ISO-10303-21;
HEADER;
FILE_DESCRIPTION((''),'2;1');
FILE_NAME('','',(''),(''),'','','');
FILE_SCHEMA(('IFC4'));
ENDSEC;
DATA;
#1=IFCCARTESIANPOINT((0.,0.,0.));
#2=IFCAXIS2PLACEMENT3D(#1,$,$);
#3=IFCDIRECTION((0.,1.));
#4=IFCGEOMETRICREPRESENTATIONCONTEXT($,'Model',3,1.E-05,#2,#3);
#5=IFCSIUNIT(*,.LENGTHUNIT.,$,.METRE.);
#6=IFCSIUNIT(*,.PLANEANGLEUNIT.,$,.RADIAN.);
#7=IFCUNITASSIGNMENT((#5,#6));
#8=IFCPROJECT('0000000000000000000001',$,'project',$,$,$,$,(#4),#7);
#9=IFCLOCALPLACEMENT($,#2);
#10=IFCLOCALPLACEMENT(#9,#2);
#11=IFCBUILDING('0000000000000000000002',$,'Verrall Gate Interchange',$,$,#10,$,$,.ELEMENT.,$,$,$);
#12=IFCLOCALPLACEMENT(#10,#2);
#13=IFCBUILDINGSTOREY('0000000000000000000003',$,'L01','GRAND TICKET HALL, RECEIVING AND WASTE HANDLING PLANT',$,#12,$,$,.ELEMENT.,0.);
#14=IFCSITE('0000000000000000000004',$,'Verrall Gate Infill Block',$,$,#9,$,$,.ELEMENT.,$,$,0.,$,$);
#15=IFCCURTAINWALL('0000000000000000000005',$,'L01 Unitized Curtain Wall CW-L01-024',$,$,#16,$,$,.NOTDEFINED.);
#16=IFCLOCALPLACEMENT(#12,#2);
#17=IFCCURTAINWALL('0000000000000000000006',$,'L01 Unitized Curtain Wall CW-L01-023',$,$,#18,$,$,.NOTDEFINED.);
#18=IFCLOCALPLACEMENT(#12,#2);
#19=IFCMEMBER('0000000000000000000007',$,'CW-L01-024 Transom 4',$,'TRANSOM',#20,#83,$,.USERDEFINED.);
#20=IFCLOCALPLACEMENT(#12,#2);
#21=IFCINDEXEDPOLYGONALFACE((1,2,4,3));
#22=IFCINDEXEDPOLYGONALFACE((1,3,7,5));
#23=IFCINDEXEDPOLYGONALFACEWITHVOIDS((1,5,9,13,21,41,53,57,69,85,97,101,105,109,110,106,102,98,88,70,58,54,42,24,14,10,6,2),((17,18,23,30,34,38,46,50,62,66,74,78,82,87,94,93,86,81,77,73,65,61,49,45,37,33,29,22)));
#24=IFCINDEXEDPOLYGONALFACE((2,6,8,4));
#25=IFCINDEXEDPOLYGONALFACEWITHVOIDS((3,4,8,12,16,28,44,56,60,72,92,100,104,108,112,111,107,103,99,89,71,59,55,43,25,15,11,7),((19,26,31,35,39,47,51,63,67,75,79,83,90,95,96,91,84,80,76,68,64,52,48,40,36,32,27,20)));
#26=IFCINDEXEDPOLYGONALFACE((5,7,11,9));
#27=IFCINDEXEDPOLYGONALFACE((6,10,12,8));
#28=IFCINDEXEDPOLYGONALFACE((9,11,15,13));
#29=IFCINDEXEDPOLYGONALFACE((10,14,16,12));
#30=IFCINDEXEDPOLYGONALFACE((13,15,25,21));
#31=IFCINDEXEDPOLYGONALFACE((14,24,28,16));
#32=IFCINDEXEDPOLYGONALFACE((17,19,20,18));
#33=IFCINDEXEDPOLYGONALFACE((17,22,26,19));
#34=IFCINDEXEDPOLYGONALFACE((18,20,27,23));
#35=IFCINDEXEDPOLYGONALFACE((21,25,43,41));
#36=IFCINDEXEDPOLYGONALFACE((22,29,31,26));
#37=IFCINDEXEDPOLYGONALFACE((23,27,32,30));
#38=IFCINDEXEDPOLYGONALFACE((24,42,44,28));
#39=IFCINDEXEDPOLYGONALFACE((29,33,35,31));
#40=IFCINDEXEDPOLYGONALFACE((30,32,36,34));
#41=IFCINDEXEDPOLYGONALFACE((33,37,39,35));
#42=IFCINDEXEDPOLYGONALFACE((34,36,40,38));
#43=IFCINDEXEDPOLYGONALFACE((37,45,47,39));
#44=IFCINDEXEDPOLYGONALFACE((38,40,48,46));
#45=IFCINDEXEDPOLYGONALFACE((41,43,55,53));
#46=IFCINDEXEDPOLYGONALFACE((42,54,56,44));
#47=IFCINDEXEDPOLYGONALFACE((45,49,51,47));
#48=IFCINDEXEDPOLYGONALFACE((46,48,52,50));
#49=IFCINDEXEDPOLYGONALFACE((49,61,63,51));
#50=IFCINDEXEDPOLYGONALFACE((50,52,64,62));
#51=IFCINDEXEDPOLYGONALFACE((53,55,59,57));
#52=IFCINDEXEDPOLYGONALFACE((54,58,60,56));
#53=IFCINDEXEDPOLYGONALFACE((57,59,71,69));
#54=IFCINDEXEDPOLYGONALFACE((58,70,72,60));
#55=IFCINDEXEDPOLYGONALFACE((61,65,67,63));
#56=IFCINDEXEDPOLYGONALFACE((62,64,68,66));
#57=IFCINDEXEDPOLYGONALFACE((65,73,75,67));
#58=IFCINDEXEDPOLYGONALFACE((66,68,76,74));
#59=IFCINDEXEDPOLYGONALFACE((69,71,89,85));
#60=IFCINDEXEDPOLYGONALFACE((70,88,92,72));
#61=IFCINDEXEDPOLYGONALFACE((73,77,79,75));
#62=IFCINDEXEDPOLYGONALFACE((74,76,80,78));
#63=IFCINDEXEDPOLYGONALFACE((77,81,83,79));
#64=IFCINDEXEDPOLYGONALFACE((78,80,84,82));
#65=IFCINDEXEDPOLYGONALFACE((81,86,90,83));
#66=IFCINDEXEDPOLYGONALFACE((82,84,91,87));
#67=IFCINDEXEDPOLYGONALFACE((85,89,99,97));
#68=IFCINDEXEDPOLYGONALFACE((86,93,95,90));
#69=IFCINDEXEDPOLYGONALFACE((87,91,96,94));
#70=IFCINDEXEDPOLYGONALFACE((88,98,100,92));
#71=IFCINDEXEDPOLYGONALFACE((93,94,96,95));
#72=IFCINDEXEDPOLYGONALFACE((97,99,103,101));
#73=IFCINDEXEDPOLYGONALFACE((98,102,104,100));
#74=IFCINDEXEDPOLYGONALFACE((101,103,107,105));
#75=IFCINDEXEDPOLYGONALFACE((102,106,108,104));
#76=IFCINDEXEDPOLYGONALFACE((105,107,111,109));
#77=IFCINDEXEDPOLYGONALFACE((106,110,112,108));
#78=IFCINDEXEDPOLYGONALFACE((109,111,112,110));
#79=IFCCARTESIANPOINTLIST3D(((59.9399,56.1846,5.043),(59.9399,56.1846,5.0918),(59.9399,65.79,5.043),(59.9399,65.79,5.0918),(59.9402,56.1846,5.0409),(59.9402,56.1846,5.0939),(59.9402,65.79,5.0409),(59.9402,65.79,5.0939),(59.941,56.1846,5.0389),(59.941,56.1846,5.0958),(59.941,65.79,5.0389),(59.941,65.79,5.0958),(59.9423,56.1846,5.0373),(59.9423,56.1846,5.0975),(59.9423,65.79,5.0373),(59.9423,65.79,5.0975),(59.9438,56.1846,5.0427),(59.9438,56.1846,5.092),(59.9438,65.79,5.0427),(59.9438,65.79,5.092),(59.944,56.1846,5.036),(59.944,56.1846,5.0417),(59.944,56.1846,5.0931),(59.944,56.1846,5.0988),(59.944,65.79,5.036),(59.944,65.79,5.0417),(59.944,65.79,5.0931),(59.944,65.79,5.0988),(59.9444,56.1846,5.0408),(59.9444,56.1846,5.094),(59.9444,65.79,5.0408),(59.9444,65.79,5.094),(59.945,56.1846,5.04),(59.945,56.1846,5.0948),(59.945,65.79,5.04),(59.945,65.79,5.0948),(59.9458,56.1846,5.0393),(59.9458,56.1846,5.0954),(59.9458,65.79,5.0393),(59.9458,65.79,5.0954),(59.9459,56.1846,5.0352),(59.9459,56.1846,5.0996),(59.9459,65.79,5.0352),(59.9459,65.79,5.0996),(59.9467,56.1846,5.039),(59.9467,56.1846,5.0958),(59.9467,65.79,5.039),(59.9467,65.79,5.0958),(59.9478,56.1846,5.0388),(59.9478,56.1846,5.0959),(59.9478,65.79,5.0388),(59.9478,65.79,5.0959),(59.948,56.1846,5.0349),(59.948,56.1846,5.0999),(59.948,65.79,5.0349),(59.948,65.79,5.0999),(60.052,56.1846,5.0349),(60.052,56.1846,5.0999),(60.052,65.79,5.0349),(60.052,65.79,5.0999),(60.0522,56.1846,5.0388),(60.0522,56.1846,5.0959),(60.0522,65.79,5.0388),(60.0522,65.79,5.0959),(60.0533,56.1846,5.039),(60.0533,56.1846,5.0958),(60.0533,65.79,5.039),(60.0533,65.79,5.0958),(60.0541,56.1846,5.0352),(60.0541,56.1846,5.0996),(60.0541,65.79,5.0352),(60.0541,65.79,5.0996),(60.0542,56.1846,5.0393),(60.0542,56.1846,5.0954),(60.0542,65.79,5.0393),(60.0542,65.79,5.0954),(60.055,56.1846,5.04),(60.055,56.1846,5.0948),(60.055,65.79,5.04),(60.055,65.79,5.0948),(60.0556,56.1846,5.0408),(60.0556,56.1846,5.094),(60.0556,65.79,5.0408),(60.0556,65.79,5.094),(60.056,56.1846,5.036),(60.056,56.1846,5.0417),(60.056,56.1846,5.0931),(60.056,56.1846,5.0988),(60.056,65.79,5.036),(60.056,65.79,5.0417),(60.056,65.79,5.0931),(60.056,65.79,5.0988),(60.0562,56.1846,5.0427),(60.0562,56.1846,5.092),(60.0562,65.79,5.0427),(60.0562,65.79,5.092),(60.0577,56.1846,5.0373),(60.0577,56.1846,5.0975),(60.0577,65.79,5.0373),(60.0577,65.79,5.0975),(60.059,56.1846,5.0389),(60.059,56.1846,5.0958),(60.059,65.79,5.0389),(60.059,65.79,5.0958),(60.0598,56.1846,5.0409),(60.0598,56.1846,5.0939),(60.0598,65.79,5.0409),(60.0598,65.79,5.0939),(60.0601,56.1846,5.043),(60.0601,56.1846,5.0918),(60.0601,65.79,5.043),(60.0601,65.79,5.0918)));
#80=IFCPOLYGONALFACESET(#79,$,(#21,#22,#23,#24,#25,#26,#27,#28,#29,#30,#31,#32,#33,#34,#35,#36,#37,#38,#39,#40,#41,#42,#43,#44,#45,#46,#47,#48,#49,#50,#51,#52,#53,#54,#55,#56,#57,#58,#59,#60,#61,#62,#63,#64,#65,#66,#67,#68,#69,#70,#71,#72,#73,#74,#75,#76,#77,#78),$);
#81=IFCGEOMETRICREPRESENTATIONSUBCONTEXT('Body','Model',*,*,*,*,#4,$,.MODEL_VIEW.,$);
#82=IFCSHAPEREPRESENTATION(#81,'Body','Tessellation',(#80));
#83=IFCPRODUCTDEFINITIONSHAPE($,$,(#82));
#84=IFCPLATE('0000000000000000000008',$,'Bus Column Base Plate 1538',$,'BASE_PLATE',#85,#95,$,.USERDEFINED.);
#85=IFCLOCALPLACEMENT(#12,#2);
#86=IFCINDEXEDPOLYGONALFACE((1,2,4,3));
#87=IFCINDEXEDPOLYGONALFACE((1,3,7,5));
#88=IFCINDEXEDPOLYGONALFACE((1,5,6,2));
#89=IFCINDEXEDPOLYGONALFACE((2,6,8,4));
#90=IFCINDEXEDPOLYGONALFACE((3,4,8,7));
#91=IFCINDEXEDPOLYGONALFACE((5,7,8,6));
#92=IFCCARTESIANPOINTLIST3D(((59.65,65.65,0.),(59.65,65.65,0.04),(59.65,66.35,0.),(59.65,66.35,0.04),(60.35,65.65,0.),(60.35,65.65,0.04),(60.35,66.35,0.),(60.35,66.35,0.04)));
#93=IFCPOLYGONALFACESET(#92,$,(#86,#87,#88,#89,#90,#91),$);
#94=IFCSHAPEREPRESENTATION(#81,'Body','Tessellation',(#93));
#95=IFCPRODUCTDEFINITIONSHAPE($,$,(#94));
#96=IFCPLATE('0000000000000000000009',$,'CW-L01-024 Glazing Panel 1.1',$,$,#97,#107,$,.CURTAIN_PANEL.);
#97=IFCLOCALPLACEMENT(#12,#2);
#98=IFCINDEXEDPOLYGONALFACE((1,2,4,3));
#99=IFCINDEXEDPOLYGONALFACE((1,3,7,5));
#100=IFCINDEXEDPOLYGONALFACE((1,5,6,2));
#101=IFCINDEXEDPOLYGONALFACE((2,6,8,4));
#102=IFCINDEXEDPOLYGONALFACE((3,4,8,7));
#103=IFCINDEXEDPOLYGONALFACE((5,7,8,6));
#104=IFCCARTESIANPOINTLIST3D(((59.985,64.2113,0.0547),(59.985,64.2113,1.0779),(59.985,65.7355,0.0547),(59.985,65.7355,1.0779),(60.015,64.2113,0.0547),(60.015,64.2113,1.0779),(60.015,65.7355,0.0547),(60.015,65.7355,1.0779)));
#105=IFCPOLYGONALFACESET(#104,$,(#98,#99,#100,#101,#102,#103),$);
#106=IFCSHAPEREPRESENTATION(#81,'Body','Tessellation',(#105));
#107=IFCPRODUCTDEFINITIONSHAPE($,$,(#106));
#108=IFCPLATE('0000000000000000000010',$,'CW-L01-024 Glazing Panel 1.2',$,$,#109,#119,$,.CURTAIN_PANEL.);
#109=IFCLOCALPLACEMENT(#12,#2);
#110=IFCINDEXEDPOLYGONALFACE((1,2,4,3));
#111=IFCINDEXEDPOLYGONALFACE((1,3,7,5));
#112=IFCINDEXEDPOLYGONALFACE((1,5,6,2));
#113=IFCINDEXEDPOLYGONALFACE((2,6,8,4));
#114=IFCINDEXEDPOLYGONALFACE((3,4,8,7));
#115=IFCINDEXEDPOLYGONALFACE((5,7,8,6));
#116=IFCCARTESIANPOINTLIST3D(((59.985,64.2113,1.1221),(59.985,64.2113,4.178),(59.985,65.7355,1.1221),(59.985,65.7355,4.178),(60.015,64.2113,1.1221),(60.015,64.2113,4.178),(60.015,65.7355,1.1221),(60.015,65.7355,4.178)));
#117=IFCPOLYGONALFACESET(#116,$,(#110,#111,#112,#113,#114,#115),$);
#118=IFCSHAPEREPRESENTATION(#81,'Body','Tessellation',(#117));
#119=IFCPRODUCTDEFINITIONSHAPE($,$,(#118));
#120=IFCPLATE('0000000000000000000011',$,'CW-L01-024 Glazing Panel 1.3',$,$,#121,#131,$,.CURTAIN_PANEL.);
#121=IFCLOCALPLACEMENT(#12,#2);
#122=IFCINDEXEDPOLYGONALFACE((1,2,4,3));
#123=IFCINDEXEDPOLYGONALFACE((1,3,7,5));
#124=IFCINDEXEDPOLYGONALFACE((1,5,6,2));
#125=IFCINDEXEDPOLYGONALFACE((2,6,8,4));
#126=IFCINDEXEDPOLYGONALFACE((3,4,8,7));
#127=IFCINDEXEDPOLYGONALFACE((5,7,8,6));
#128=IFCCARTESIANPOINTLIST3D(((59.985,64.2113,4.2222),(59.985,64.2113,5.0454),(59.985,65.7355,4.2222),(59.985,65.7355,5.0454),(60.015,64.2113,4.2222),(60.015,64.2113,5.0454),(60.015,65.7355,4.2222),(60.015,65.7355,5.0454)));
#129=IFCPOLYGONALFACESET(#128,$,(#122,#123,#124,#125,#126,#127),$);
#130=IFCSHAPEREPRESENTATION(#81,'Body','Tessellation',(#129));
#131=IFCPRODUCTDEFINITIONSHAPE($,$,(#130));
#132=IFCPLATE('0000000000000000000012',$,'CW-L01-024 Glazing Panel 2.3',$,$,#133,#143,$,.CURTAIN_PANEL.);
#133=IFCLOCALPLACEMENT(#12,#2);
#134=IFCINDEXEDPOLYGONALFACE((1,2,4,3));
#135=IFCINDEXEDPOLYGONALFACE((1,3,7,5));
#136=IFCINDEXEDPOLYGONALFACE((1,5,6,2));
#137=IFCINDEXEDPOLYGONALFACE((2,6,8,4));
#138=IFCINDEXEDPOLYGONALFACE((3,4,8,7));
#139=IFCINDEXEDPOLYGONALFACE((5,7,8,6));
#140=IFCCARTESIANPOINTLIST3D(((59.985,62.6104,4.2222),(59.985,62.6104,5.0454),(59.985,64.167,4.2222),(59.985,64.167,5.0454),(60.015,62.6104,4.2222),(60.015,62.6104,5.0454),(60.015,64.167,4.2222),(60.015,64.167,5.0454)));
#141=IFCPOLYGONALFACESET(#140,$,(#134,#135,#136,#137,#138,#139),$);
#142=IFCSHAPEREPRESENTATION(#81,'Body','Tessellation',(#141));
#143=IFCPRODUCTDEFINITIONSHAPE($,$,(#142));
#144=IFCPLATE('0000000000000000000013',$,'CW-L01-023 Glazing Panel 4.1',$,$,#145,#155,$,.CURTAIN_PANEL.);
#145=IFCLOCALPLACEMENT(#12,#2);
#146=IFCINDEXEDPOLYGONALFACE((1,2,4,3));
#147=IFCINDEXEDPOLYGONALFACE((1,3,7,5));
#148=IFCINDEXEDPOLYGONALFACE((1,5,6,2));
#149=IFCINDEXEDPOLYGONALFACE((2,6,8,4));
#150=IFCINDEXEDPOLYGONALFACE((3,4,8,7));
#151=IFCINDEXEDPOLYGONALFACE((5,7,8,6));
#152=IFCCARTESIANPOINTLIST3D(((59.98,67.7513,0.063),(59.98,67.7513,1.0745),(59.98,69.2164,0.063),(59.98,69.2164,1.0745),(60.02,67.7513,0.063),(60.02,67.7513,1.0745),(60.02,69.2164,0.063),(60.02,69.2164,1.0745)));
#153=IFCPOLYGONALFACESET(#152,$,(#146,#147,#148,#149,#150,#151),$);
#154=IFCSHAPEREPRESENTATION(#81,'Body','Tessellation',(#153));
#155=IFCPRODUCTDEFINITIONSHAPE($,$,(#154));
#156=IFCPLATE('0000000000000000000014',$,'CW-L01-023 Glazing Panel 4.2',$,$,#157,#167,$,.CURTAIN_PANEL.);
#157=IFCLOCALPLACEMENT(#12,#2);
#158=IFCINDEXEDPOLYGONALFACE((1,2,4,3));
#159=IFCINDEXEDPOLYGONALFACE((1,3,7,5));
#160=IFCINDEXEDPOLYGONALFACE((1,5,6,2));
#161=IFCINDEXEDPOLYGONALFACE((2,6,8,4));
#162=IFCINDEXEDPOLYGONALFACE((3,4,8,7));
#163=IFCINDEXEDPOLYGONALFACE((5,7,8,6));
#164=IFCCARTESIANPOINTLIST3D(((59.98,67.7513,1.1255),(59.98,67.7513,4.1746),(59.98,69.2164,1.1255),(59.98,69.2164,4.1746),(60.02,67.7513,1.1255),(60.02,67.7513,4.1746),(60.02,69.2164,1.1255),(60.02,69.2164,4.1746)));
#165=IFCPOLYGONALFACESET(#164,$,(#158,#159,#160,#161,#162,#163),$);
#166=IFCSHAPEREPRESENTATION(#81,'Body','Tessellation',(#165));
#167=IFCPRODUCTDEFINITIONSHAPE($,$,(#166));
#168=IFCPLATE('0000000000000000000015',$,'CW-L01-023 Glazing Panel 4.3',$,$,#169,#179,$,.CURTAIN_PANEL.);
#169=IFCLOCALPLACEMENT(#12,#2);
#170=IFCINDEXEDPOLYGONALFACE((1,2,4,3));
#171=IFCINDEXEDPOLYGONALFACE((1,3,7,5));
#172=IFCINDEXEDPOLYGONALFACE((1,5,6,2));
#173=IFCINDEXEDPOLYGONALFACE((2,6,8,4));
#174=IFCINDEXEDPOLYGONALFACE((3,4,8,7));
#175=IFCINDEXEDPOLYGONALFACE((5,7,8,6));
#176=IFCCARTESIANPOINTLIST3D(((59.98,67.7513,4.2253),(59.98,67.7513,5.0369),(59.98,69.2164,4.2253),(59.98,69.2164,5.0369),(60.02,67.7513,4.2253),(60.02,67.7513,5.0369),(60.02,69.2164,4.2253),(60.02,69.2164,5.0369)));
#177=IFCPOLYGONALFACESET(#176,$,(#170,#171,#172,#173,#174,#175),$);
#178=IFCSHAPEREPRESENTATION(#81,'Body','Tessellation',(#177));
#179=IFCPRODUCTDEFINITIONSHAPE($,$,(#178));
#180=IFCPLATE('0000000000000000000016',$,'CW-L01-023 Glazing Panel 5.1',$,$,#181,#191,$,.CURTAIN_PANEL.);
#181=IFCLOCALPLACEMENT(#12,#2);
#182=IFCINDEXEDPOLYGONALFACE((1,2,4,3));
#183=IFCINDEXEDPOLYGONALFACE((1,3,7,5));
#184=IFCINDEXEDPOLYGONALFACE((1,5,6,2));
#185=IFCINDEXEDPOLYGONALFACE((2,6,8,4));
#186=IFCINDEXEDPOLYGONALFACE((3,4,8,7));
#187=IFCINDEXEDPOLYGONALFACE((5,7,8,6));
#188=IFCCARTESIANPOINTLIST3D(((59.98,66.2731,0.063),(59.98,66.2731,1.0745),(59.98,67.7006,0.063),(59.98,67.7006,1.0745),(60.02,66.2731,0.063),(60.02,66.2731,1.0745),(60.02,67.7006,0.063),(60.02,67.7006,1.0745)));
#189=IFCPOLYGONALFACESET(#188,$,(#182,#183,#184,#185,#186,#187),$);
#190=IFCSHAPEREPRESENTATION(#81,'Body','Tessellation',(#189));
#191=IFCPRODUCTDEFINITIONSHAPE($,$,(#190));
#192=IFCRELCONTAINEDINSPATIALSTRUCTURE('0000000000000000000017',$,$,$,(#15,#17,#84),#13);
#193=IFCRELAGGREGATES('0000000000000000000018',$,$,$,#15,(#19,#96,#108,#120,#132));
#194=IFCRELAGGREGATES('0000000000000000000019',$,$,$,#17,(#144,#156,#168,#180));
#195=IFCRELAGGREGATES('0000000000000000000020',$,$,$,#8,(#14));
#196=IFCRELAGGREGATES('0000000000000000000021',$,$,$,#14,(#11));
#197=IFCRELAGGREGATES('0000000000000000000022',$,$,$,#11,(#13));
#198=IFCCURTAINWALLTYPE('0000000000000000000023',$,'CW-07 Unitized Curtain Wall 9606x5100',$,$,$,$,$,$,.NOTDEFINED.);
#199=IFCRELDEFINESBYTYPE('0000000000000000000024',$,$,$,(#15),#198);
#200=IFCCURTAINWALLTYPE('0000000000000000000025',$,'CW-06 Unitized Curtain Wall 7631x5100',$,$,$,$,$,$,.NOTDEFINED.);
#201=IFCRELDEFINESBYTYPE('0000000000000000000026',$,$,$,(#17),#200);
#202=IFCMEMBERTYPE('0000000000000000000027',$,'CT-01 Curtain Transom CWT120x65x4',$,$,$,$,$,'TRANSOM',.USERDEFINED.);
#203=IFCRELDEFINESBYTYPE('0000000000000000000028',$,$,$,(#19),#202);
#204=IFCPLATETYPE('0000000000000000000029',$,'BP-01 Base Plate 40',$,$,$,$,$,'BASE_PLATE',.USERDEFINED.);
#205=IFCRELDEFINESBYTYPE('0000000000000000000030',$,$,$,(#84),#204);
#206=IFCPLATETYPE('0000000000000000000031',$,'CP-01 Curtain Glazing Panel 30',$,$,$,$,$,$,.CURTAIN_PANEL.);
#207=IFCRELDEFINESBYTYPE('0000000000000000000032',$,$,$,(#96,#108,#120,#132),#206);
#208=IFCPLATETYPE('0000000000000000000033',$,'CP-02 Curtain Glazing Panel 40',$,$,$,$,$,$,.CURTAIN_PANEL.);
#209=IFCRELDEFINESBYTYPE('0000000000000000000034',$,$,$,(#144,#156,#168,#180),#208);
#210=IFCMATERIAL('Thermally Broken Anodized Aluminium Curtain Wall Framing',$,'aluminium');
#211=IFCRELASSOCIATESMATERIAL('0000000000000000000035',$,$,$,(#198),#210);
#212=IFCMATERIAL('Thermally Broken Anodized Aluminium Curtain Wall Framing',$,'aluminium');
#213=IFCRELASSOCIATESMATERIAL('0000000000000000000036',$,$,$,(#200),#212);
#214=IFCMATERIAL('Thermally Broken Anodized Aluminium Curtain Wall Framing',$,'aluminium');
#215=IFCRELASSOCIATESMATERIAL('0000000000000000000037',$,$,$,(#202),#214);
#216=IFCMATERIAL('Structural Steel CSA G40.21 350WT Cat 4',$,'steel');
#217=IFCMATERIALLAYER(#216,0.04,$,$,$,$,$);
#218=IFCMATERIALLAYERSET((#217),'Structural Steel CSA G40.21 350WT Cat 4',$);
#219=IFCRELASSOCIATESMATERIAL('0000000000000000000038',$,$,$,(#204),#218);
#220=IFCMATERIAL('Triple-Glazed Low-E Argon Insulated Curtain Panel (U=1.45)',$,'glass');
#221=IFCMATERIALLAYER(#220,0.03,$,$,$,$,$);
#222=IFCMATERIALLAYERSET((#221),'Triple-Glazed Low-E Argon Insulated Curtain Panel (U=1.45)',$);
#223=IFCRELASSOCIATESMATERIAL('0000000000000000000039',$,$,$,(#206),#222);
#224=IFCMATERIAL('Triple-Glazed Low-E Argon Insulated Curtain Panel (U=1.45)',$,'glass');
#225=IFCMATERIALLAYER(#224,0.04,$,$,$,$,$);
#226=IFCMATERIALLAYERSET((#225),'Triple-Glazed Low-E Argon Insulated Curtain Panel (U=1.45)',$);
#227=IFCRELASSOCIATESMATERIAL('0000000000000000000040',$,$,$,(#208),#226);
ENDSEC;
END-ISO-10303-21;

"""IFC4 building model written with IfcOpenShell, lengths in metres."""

from ifc_helpers import new_model, si_unit, direction, frame, origin, origin_2d, place, context, subcontext, project, spatial, rectangle, hollow_rectangle, extrude, material, layer, layer_set, material_profile, profile_set, type_object, element, aggregate, save


model = new_model("IFC4")

# Units and contexts
model_context = context("Model", 3, precision=1e-05, world=origin(), true_north=direction((0.0, 1.0)))
body_context = subcontext(model_context, "Body", "Model", "MODEL_VIEW")
ifc_project = project(units=[si_unit("LENGTHUNIT", "METRE"), si_unit("PLANEANGLEUNIT", "RADIAN")], contexts=[model_context])

# Site, building, storey
site_placement = place(None, origin())
site = spatial("IfcSite", under=ifc_project, at=site_placement, Name="Verrall Gate Infill Block", CompositionType="ELEMENT", RefElevation=0.0)
building_placement = place(site_placement, origin())
building = spatial("IfcBuilding", under=site, at=building_placement, Name="Verrall Gate Interchange", CompositionType="ELEMENT")
storey_placement = place(building_placement, origin())
storey = spatial("IfcBuildingStorey", under=building, at=storey_placement, Name="L01", Description="GRAND TICKET HALL, RECEIVING AND WASTE HANDLING PLANT", CompositionType="ELEMENT", Elevation=0.0)

# Curtain walls
ifc_material_1 = material(Name="Thermally Broken Anodized Aluminium Curtain Wall Framing", Category="aluminium")
curtain_wall_type_1 = type_object("IfcCurtainWallType", Name="CW-07 Unitized Curtain Wall 9606x5100", PredefinedType="NOTDEFINED", material=ifc_material_1)
curtain_wall_1_placement = place(storey_placement, origin())
curtain_wall_1 = element("IfcCurtainWall", 1, at=curtain_wall_1_placement, inside=storey, type_object=curtain_wall_type_1, Name="L01 Unitized Curtain Wall CW-L01-024", PredefinedType="NOTDEFINED")
ifc_material_2 = material(Name="Thermally Broken Anodized Aluminium Curtain Wall Framing", Category="aluminium")
curtain_wall_type_2 = type_object("IfcCurtainWallType", Name="CW-06 Unitized Curtain Wall 7631x5100", PredefinedType="NOTDEFINED", material=ifc_material_2)
curtain_wall_2_placement = place(storey_placement, origin())
curtain_wall_2 = element("IfcCurtainWall", 2, at=curtain_wall_2_placement, inside=storey, type_object=curtain_wall_type_2, Name="L01 Unitized Curtain Wall CW-L01-023", PredefinedType="NOTDEFINED")

# Member
ifc_material_3 = material(Name="Thermally Broken Anodized Aluminium Curtain Wall Framing", Category="aluminium")
ifc_material_profile_1 = material_profile(ifc_material_3, hollow_rectangle(XDim=0.1201, YDim=0.0649, WallThickness=0.0039, InnerFilletRadius=0.0039, OuterFilletRadius=0.0081, at=origin_2d()), Name="CWT120x65x4")
ifc_profile_set_1 = profile_set([ifc_material_profile_1], Name="Thermally Broken Anodized Aluminium Curtain Wall Framing")
member_type_1 = type_object("IfcMemberType", Name="CT-01 Curtain Transom CWT120x65x4", ElementType="TRANSOM", PredefinedType="USERDEFINED", material=ifc_profile_set_1)
member_1_placement = place(storey_placement, frame((60.0, 65.79, 5.0674), z_axis=(0.0, -1.0, 0.0), x_axis=(1.0, 0.0, 0.0)))
member_1 = element("IfcMember", 3, at=member_1_placement, type_object=member_type_1, Name="CW-L01-024 Transom 4", ObjectType="TRANSOM", PredefinedType="USERDEFINED", context=body_context, shape_type="SweptSolid", body=[
    extrude(hollow_rectangle(XDim=0.1201, YDim=0.0649, WallThickness=0.0039, InnerFilletRadius=0.0039, OuterFilletRadius=0.0081, at=origin_2d()), origin(), (0.0, 0.0, 1.0), 9.6055),
])

# Plates
ifc_material_4 = material(Name="Structural Steel CSA G40.21 350WT Cat 4", Category="steel")
ifc_layer_1 = layer(ifc_material_4, 0.04)
ifc_layer_set_1 = layer_set([ifc_layer_1], Name="Structural Steel CSA G40.21 350WT Cat 4")
plate_type_1 = type_object("IfcPlateType", Name="BP-01 Base Plate 40", ElementType="BASE_PLATE", PredefinedType="USERDEFINED", material=ifc_layer_set_1)
plate_1_placement = place(storey_placement, frame((60.0, 66.0, 0.0), z_axis=(0.0, 0.0, 1.0), x_axis=(1.0, 0.0, 0.0)))
element("IfcPlate", 4, at=plate_1_placement, inside=storey, type_object=plate_type_1, Name="Bus Column Base Plate 1538", ObjectType="BASE_PLATE", PredefinedType="USERDEFINED", context=body_context, shape_type="SweptSolid", body=[
    extrude(rectangle(XDim=0.7, YDim=0.7, at=origin_2d()), origin(), (0.0, 0.0, 1.0), 0.04),
])
ifc_material_5 = material(Name="Triple-Glazed Low-E Argon Insulated Curtain Panel (U=1.45)", Category="glass")
ifc_layer_2 = layer(ifc_material_5, 0.03)
ifc_layer_set_2 = layer_set([ifc_layer_2], Name="Triple-Glazed Low-E Argon Insulated Curtain Panel (U=1.45)")
plate_type_2 = type_object("IfcPlateType", Name="CP-01 Curtain Glazing Panel 30", PredefinedType="CURTAIN_PANEL", material=ifc_layer_set_2)
plate_2_placement = place(storey_placement, frame((60.0, 64.9734, 0.0547), z_axis=(0.0, 0.0, 1.0), x_axis=(0.0, -1.0, 0.0)))
plate_2 = element("IfcPlate", 5, at=plate_2_placement, type_object=plate_type_2, Name="CW-L01-024 Glazing Panel 1.1", PredefinedType="CURTAIN_PANEL", context=body_context, shape_type="SweptSolid", body=[
    extrude(rectangle(XDim=1.5242, YDim=0.03, at=origin_2d()), origin(), (0.0, 0.0, 1.0), 1.0232),
])
plate_3_placement = place(storey_placement, frame((60.0, 64.9734, 1.1221), z_axis=(0.0, 0.0, 1.0), x_axis=(0.0, -1.0, 0.0)))
plate_3 = element("IfcPlate", 6, at=plate_3_placement, type_object=plate_type_2, Name="CW-L01-024 Glazing Panel 1.2", PredefinedType="CURTAIN_PANEL", context=body_context, shape_type="SweptSolid", body=[
    extrude(rectangle(XDim=1.5242, YDim=0.03, at=origin_2d()), origin(), (0.0, 0.0, 1.0), 3.0559),
])
plate_4_placement = place(storey_placement, frame((60.0, 64.9734, 4.2222), z_axis=(0.0, 0.0, 1.0), x_axis=(0.0, -1.0, 0.0)))
plate_4 = element("IfcPlate", 7, at=plate_4_placement, type_object=plate_type_2, Name="CW-L01-024 Glazing Panel 1.3", PredefinedType="CURTAIN_PANEL", context=body_context, shape_type="SweptSolid", body=[
    extrude(rectangle(XDim=1.5242, YDim=0.03, at=origin_2d()), origin(), (0.0, 0.0, 1.0), 0.8232),
])
plate_5_placement = place(storey_placement, frame((60.0, 63.3887, 4.2222), z_axis=(0.0, 0.0, 1.0), x_axis=(0.0, -1.0, 0.0)))
plate_5 = element("IfcPlate", 8, at=plate_5_placement, type_object=plate_type_2, Name="CW-L01-024 Glazing Panel 2.3", PredefinedType="CURTAIN_PANEL", context=body_context, shape_type="SweptSolid", body=[
    extrude(rectangle(XDim=1.5566, YDim=0.03, at=origin_2d()), origin(), (0.0, 0.0, 1.0), 0.8232),
])
aggregate(curtain_wall_1, [member_1, plate_2, plate_3, plate_4, plate_5])
ifc_material_6 = material(Name="Triple-Glazed Low-E Argon Insulated Curtain Panel (U=1.45)", Category="glass")
ifc_layer_3 = layer(ifc_material_6, 0.04)
ifc_layer_set_3 = layer_set([ifc_layer_3], Name="Triple-Glazed Low-E Argon Insulated Curtain Panel (U=1.45)")
plate_type_3 = type_object("IfcPlateType", Name="CP-02 Curtain Glazing Panel 40", PredefinedType="CURTAIN_PANEL", material=ifc_layer_set_3)
plate_6_placement = place(storey_placement, frame((60.0, 68.4839, 0.063), z_axis=(0.0, 0.0, 1.0), x_axis=(0.0, -1.0, 0.0)))
plate_6 = element("IfcPlate", 9, at=plate_6_placement, type_object=plate_type_3, Name="CW-L01-023 Glazing Panel 4.1", PredefinedType="CURTAIN_PANEL", context=body_context, shape_type="SweptSolid", body=[
    extrude(rectangle(XDim=1.4651, YDim=0.04, at=origin_2d()), origin(), (0.0, 0.0, 1.0), 1.0115),
])
plate_7_placement = place(storey_placement, frame((60.0, 68.4839, 1.1255), z_axis=(0.0, 0.0, 1.0), x_axis=(0.0, -1.0, 0.0)))
plate_7 = element("IfcPlate", 10, at=plate_7_placement, type_object=plate_type_3, Name="CW-L01-023 Glazing Panel 4.2", PredefinedType="CURTAIN_PANEL", context=body_context, shape_type="SweptSolid", body=[
    extrude(rectangle(XDim=1.4651, YDim=0.04, at=origin_2d()), origin(), (0.0, 0.0, 1.0), 3.0491),
])
plate_8_placement = place(storey_placement, frame((60.0, 68.4839, 4.2253), z_axis=(0.0, 0.0, 1.0), x_axis=(0.0, -1.0, 0.0)))
plate_8 = element("IfcPlate", 11, at=plate_8_placement, type_object=plate_type_3, Name="CW-L01-023 Glazing Panel 4.3", PredefinedType="CURTAIN_PANEL", context=body_context, shape_type="SweptSolid", body=[
    extrude(rectangle(XDim=1.4651, YDim=0.04, at=origin_2d()), origin(), (0.0, 0.0, 1.0), 0.8115),
])
plate_9_placement = place(storey_placement, frame((60.0, 66.9868, 0.063), z_axis=(0.0, 0.0, 1.0), x_axis=(0.0, -1.0, 0.0)))
plate_9 = element("IfcPlate", 12, at=plate_9_placement, type_object=plate_type_3, Name="CW-L01-023 Glazing Panel 5.1", PredefinedType="CURTAIN_PANEL", context=body_context, shape_type="SweptSolid", body=[
    extrude(rectangle(XDim=1.4275, YDim=0.04, at=origin_2d()), origin(), (0.0, 0.0, 1.0), 1.0115),
])
aggregate(curtain_wall_2, [plate_6, plate_7, plate_8, plate_9])

save(model, "model.ifc")
